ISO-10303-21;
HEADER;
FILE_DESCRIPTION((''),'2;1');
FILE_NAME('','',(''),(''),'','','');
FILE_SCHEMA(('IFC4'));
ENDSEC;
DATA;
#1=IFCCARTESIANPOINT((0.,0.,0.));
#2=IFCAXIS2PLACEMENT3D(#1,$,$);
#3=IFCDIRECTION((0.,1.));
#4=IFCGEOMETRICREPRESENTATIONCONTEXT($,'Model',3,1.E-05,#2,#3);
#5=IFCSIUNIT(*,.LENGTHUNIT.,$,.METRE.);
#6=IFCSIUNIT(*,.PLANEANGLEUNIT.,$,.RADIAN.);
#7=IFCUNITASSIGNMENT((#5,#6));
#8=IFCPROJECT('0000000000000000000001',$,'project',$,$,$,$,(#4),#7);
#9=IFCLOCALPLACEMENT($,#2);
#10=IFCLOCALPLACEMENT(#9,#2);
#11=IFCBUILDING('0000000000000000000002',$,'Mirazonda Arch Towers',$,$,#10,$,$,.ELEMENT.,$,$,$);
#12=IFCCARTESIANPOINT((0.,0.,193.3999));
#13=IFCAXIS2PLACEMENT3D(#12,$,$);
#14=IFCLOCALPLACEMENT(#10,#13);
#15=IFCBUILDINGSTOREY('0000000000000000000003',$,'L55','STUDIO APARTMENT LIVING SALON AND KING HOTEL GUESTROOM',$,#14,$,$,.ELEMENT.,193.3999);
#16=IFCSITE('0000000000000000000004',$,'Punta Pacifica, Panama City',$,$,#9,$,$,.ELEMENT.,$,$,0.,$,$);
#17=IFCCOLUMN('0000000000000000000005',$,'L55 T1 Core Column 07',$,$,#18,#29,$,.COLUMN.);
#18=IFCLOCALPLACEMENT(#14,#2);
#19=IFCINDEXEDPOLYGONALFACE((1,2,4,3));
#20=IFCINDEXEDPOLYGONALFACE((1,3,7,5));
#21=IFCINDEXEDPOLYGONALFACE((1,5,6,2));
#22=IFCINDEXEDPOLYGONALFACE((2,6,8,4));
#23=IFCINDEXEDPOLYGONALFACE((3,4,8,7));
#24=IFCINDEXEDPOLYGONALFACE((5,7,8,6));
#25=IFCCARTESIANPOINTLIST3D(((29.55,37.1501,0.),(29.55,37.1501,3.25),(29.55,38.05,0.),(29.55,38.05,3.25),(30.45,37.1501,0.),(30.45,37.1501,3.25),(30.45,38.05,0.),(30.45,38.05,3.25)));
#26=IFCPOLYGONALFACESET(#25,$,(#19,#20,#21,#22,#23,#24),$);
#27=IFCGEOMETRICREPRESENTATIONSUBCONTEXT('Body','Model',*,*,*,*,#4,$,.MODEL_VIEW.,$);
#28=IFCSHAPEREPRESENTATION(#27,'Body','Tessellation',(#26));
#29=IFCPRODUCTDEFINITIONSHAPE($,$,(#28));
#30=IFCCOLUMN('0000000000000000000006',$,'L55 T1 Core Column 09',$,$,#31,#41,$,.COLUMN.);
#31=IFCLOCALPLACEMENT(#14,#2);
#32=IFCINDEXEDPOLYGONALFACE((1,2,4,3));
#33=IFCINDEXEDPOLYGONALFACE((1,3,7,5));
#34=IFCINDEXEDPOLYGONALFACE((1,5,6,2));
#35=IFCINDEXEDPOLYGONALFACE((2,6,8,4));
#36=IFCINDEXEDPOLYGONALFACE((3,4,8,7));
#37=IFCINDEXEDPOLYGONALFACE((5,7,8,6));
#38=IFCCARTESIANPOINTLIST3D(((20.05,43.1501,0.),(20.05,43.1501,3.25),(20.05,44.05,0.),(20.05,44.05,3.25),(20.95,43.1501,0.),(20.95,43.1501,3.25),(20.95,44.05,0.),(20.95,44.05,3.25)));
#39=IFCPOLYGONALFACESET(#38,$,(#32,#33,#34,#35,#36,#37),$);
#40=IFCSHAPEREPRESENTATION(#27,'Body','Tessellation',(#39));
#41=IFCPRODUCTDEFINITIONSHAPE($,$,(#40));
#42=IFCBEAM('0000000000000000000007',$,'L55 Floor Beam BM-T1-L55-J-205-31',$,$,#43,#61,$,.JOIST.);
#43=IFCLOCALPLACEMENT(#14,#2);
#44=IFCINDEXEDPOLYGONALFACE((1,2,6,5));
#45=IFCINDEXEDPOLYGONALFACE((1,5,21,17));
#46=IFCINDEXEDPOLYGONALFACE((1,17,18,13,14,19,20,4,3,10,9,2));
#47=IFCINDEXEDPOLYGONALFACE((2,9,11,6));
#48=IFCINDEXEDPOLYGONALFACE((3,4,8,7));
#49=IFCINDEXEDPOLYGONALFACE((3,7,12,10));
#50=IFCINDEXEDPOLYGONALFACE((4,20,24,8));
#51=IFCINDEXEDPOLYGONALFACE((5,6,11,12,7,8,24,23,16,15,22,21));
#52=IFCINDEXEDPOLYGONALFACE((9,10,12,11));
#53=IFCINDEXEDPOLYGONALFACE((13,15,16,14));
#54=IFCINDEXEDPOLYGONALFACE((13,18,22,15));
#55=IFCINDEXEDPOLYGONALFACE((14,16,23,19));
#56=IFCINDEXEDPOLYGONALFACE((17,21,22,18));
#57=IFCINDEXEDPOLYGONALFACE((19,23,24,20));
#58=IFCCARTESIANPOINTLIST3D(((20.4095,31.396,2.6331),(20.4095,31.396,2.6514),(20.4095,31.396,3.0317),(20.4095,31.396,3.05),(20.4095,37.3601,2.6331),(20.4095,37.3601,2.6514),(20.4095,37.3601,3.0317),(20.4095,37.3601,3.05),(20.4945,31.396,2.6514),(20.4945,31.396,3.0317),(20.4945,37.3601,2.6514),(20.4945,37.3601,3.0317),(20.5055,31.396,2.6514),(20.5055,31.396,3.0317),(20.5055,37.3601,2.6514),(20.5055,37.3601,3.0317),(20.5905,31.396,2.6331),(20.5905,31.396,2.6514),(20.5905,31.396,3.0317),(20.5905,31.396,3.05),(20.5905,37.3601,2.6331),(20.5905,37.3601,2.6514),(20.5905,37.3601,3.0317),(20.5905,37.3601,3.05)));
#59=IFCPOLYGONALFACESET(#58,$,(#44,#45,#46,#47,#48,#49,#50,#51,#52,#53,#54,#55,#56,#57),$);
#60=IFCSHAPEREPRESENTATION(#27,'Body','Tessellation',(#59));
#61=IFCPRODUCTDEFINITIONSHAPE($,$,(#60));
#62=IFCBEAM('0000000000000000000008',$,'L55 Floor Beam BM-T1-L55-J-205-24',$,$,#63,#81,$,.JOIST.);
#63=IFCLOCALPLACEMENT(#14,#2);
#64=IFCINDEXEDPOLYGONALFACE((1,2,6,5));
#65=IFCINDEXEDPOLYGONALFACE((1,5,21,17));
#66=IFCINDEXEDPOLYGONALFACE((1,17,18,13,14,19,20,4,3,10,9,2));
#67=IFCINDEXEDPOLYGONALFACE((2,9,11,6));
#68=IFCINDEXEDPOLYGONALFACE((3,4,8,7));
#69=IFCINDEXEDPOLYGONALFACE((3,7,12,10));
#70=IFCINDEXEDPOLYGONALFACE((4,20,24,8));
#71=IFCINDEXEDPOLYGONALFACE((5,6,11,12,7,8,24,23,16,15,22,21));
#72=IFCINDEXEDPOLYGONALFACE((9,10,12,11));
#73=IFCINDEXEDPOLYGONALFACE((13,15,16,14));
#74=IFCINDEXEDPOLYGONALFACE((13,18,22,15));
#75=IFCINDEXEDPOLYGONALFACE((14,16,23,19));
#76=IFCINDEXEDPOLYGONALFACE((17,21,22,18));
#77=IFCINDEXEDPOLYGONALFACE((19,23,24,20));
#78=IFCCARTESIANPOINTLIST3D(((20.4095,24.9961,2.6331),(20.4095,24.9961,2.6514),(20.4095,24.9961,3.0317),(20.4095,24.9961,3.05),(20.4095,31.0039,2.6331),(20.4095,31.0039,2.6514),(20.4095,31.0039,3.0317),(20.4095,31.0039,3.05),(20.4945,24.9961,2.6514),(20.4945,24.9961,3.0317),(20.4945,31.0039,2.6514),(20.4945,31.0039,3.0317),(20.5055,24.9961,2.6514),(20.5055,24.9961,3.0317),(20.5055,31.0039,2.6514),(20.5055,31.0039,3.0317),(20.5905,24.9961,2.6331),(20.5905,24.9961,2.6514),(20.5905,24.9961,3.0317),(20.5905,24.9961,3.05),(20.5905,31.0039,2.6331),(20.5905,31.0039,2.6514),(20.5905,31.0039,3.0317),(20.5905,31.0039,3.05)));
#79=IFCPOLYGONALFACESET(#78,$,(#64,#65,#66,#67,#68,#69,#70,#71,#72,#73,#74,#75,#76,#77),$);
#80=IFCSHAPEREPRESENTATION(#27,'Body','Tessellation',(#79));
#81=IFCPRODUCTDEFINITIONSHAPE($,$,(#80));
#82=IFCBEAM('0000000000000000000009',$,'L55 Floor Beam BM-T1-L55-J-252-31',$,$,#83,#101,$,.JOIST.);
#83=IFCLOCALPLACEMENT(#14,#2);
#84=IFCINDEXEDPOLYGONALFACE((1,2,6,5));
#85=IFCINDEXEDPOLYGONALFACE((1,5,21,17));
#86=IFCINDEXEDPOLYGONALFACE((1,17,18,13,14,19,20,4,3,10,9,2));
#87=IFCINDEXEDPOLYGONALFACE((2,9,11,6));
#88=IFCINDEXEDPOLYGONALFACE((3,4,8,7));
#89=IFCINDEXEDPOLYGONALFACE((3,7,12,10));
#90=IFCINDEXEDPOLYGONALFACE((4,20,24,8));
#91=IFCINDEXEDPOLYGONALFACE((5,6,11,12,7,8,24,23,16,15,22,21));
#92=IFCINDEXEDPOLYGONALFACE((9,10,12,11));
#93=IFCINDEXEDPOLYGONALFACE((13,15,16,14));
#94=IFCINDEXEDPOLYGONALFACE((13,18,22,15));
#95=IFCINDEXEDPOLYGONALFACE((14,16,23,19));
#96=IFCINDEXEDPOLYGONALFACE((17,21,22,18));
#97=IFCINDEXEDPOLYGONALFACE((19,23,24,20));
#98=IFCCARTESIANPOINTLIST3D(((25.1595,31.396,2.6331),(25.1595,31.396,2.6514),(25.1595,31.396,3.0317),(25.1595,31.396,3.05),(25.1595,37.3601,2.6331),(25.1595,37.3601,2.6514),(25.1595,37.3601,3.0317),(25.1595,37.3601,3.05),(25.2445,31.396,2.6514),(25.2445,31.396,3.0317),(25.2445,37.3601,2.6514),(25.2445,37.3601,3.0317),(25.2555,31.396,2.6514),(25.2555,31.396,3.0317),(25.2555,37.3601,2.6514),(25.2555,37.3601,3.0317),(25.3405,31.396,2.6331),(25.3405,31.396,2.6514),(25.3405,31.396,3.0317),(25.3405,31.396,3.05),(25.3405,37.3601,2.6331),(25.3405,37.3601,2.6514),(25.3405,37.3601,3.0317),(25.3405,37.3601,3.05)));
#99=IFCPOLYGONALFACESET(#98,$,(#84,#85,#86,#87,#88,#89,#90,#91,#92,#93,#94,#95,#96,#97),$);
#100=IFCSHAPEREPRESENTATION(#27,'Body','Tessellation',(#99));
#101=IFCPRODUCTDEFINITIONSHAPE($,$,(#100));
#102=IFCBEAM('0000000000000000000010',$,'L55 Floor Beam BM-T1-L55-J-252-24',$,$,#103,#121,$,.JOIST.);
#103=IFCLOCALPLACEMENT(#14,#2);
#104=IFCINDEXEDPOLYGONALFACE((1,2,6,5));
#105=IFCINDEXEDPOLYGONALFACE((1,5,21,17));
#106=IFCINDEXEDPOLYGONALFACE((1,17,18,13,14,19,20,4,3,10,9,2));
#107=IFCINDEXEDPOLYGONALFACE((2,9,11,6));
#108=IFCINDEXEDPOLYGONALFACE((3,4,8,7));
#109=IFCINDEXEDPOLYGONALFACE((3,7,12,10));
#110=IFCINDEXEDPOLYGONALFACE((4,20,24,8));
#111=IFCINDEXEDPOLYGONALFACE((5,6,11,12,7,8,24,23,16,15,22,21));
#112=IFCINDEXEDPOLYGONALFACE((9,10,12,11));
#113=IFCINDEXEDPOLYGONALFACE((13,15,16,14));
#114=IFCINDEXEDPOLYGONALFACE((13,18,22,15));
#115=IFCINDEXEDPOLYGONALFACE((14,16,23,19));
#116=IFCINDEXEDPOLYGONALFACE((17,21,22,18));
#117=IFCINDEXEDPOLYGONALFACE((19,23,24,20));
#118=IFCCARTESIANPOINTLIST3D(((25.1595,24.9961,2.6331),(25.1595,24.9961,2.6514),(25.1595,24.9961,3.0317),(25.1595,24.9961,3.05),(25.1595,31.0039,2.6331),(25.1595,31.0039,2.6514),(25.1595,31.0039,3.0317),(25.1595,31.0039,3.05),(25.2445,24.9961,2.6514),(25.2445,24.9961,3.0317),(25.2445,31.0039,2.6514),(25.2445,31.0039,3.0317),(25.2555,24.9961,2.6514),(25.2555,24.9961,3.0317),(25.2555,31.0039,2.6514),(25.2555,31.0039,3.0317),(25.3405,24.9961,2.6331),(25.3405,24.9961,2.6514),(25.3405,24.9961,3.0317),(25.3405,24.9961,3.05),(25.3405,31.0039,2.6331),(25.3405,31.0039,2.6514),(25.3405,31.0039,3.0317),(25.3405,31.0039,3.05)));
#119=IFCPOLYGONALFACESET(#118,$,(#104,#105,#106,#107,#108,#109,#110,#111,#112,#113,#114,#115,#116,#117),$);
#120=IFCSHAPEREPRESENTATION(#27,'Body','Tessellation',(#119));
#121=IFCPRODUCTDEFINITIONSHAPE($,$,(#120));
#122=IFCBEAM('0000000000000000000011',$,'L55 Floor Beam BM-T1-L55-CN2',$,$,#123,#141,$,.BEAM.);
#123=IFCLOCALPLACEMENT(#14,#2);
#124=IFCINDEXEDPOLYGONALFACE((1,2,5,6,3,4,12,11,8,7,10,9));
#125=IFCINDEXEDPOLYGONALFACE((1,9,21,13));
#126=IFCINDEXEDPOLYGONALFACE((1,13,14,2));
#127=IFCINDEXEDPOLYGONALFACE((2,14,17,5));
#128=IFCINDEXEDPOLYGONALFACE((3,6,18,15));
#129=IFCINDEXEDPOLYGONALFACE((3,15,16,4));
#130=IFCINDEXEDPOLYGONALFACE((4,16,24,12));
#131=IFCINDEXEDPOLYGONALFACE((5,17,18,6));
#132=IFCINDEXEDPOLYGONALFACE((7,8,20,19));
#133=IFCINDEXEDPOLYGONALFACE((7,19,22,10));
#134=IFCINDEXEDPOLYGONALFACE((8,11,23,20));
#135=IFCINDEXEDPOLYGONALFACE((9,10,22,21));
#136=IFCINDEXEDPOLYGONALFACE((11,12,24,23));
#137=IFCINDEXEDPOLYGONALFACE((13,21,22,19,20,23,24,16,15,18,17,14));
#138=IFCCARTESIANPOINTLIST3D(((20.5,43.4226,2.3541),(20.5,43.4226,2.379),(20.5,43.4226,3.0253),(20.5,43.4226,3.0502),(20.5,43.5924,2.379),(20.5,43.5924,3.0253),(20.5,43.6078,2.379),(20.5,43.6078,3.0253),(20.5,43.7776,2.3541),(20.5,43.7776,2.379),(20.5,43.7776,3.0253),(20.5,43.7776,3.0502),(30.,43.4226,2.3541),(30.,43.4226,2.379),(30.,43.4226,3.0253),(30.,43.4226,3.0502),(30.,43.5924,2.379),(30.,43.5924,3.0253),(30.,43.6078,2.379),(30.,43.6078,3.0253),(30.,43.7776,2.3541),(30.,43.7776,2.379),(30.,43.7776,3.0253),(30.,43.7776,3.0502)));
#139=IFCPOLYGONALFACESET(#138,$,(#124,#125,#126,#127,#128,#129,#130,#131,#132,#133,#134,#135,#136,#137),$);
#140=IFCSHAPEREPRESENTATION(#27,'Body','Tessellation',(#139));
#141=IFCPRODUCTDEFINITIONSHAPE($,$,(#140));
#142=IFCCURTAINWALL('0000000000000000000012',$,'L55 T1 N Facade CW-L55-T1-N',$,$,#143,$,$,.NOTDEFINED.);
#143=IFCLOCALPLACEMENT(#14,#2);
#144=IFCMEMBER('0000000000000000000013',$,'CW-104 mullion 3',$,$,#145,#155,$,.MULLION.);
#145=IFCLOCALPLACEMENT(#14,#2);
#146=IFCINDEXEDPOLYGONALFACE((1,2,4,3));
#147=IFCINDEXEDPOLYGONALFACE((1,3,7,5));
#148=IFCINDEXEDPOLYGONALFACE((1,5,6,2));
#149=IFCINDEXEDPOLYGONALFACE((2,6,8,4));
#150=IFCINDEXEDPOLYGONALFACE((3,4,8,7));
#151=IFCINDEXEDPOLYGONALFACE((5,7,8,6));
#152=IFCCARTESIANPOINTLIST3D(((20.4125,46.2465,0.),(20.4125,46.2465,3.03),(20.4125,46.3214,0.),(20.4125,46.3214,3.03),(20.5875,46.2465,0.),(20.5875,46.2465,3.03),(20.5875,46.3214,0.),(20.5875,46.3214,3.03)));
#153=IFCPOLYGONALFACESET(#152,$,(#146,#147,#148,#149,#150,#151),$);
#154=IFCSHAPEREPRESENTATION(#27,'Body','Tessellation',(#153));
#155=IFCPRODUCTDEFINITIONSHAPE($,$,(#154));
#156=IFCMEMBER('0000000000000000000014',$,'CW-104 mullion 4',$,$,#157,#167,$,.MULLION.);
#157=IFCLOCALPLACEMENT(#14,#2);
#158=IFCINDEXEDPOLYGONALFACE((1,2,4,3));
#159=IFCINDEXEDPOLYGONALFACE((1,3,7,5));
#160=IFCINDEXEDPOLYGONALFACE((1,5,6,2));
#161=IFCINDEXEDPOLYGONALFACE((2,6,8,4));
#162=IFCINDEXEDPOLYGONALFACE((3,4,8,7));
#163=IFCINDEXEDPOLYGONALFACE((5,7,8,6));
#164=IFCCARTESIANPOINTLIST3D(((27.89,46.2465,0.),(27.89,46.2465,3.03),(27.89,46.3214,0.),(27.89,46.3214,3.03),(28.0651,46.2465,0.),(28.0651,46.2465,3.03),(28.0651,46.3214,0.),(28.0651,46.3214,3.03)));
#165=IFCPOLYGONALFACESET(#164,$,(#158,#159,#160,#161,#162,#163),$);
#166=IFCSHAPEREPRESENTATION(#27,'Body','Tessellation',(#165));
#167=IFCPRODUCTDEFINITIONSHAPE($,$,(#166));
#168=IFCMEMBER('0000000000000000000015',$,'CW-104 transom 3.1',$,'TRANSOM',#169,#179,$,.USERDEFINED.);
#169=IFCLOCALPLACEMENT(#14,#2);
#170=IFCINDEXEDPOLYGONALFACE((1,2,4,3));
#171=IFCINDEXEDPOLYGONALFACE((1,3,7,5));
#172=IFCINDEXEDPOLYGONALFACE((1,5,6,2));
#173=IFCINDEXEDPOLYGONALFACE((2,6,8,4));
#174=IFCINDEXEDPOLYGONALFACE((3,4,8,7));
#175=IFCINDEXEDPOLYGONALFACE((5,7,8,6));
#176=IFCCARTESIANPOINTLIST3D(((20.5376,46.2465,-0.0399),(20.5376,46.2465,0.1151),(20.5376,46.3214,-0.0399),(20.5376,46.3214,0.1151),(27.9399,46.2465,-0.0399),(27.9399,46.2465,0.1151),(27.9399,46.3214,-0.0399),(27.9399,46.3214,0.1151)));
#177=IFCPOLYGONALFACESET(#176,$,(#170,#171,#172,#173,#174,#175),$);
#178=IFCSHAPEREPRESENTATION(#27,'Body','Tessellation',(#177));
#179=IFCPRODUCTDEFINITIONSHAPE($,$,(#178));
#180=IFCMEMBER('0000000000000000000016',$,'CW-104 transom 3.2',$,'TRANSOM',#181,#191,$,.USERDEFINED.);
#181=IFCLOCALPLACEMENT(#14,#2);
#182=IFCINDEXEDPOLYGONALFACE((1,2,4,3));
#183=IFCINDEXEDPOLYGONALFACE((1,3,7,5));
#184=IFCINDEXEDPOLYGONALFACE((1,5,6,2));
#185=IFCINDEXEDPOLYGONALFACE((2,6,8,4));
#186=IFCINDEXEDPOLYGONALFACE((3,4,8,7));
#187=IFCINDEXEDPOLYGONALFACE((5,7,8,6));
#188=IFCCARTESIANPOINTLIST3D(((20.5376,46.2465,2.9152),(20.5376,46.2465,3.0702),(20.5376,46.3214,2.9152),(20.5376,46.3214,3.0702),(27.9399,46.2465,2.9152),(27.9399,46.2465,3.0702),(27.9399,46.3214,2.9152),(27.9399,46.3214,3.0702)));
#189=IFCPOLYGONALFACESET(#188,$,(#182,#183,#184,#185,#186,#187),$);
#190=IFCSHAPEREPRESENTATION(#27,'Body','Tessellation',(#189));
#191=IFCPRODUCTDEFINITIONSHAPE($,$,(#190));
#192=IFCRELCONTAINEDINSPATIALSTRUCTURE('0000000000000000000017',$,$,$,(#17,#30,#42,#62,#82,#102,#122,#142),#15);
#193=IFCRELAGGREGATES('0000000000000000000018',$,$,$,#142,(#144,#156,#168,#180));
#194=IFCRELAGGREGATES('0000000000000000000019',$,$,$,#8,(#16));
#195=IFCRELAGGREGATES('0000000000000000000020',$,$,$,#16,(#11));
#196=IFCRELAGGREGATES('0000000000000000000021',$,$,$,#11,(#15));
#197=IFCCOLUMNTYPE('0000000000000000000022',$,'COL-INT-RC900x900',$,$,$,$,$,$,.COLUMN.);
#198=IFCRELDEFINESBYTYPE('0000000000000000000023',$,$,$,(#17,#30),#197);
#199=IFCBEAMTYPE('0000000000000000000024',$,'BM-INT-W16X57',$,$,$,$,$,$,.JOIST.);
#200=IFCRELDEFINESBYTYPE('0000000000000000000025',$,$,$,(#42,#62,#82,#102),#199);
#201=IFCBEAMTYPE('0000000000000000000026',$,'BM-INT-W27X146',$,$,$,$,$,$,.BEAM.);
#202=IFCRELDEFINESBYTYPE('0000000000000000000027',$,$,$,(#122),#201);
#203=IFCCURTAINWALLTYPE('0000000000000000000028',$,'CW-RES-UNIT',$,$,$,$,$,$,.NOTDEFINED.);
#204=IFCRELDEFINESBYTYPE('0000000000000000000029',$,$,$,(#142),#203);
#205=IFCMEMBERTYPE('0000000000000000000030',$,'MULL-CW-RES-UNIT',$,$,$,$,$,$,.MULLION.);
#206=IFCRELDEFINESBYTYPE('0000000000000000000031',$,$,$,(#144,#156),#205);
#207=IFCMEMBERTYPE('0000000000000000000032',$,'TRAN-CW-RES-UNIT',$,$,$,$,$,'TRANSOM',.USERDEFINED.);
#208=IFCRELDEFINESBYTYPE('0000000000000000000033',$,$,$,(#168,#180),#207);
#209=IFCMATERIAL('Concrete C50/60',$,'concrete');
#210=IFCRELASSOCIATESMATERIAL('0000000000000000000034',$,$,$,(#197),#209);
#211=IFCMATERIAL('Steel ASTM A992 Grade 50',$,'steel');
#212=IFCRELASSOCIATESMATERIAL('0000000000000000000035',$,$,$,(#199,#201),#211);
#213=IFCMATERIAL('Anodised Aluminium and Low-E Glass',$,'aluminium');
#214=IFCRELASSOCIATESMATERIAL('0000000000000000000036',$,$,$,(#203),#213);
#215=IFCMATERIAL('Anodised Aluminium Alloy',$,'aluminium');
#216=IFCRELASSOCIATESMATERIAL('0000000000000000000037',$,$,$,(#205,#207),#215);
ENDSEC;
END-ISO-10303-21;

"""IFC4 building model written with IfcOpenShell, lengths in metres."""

from ifc_helpers import new_model, si_unit, direction, frame, origin, origin_2d, place, context, subcontext, project, spatial, rectangle, i_section, extrude, material, material_profile, profile_set, type_object, element, aggregate, save


model = new_model("IFC4")

# Units and contexts
model_context = context("Model", 3, precision=1e-05, world=origin(), true_north=direction((0.0, 1.0)))
body_context = subcontext(model_context, "Body", "Model", "MODEL_VIEW")
ifc_project = project(units=[si_unit("LENGTHUNIT", "METRE"), si_unit("PLANEANGLEUNIT", "RADIAN")], contexts=[model_context])

# Site, building, storey
site_placement = place(None, origin())
site = spatial("IfcSite", under=ifc_project, at=site_placement, Name="Punta Pacifica, Panama City", CompositionType="ELEMENT", RefElevation=0.0)
building_placement = place(site_placement, origin())
building = spatial("IfcBuilding", under=site, at=building_placement, Name="Mirazonda Arch Towers", CompositionType="ELEMENT")
storey_placement = place(building_placement, frame((0.0, 0.0, 193.3999)))
storey = spatial("IfcBuildingStorey", under=building, at=storey_placement, Name="L55", Description="STUDIO APARTMENT LIVING SALON AND KING HOTEL GUESTROOM", CompositionType="ELEMENT", Elevation=193.3999)

# Columns
ifc_material_1 = material(Name="Concrete C50/60", Category="concrete")
ifc_material_profile_1 = material_profile(ifc_material_1, rectangle(XDim=0.8999, YDim=0.8999, at=origin_2d()), Name="RC900x900")
ifc_profile_set_1 = profile_set([ifc_material_profile_1], Name="Concrete C50/60")
column_type = type_object("IfcColumnType", Name="COL-INT-RC900x900", PredefinedType="COLUMN", material=ifc_profile_set_1)
for number, where, z_axis, x_axis, name in (
    (1, (30.0, 37.6001, 0.0), (0.0, 0.0, 1.0), (1.0, 0.0, 0.0), "L55 T1 Core Column 07"),
    (2, (20.5, 43.6001, 0.0), (0.0, 0.0, 1.0), (1.0, 0.0, 0.0), "L55 T1 Core Column 09"),
):
    element("IfcColumn", number, at=place(storey_placement, frame(where, z_axis=z_axis, x_axis=x_axis)), inside=storey, type_object=column_type, Name=name, PredefinedType="COLUMN", context=body_context, shape_type="SweptSolid", body=[
        extrude(rectangle(XDim=0.8999, YDim=0.8999, at=origin_2d()), origin(), (0.0, 0.0, 1.0), 3.25),
    ])

# Beams
ifc_material_2 = material(Name="Steel ASTM A992 Grade 50", Category="steel")
ifc_material_profile_2 = material_profile(ifc_material_2, i_section(OverallWidth=0.1809, OverallDepth=0.417, WebThickness=0.011, FlangeThickness=0.0183, at=origin_2d()), Name="W16X57")
ifc_profile_set_2 = profile_set([ifc_material_profile_2], Name="Steel ASTM A992 Grade 50")
beam_type_1 = type_object("IfcBeamType", Name="BM-INT-W16X57", PredefinedType="JOIST", material=ifc_profile_set_2)
beam_1_placement = place(storey_placement, frame((20.5, 31.396, 2.8416), z_axis=(0.0, 1.0, 0.0), x_axis=(-1.0, 0.0, 0.0)))
element("IfcBeam", 3, at=beam_1_placement, inside=storey, type_object=beam_type_1, Name="L55 Floor Beam BM-T1-L55-J-205-31", PredefinedType="JOIST", context=body_context, shape_type="SweptSolid", body=[
    extrude(i_section(OverallWidth=0.1809, OverallDepth=0.417, WebThickness=0.011, FlangeThickness=0.0183, at=origin_2d()), origin(), (0.0, 0.0, 1.0), 5.9641),
])
beam_2_placement = place(storey_placement, frame((20.5, 24.9961, 2.8416), z_axis=(0.0, 1.0, 0.0), x_axis=(-1.0, 0.0, 0.0)))
element("IfcBeam", 4, at=beam_2_placement, inside=storey, type_object=beam_type_1, Name="L55 Floor Beam BM-T1-L55-J-205-24", PredefinedType="JOIST", context=body_context, shape_type="SweptSolid", body=[
    extrude(i_section(OverallWidth=0.1809, OverallDepth=0.417, WebThickness=0.011, FlangeThickness=0.0183, at=origin_2d()), origin(), (0.0, 0.0, 1.0), 6.0078),
])
beam_3_placement = place(storey_placement, frame((25.25, 31.396, 2.8416), z_axis=(0.0, 1.0, 0.0), x_axis=(-1.0, 0.0, 0.0)))
element("IfcBeam", 5, at=beam_3_placement, inside=storey, type_object=beam_type_1, Name="L55 Floor Beam BM-T1-L55-J-252-31", PredefinedType="JOIST", context=body_context, shape_type="SweptSolid", body=[
    extrude(i_section(OverallWidth=0.1809, OverallDepth=0.417, WebThickness=0.011, FlangeThickness=0.0183, at=origin_2d()), origin(), (0.0, 0.0, 1.0), 5.9641),
])
beam_4_placement = place(storey_placement, frame((25.25, 24.9961, 2.8416), z_axis=(0.0, 1.0, 0.0), x_axis=(-1.0, 0.0, 0.0)))
element("IfcBeam", 6, at=beam_4_placement, inside=storey, type_object=beam_type_1, Name="L55 Floor Beam BM-T1-L55-J-252-24", PredefinedType="JOIST", context=body_context, shape_type="SweptSolid", body=[
    extrude(i_section(OverallWidth=0.1809, OverallDepth=0.417, WebThickness=0.011, FlangeThickness=0.0183, at=origin_2d()), origin(), (0.0, 0.0, 1.0), 6.0078),
])
ifc_material_profile_3 = material_profile(ifc_material_2, i_section(OverallWidth=0.355, OverallDepth=0.696, WebThickness=0.0154, FlangeThickness=0.0249, at=origin_2d()), Name="W27X146")
ifc_profile_set_3 = profile_set([ifc_material_profile_3], Name="Steel ASTM A992 Grade 50")
beam_type_2 = type_object("IfcBeamType", Name="BM-INT-W27X146", PredefinedType="BEAM", material=ifc_profile_set_3)
beam_5_placement = place(storey_placement, frame((20.5, 43.6001, 2.7021), z_axis=(1.0, 0.0, 0.0), x_axis=(0.0, 1.0, 0.0)))
element("IfcBeam", 7, at=beam_5_placement, inside=storey, type_object=beam_type_2, Name="L55 Floor Beam BM-T1-L55-CN2", PredefinedType="BEAM", context=body_context, shape_type="SweptSolid", body=[
    extrude(i_section(OverallWidth=0.355, OverallDepth=0.696, WebThickness=0.0154, FlangeThickness=0.0249, at=origin_2d()), origin(), (0.0, 0.0, 1.0), 9.5),
])

# Curtain wall, members
ifc_material_3 = material(Name="Anodised Aluminium and Low-E Glass", Category="aluminium")
curtain_wall_type = type_object("IfcCurtainWallType", Name="CW-RES-UNIT", PredefinedType="NOTDEFINED", material=ifc_material_3)
curtain_wall_placement = place(storey_placement, origin())
curtain_wall = element("IfcCurtainWall", 8, at=curtain_wall_placement, inside=storey, type_object=curtain_wall_type, Name="L55 T1 N Facade CW-L55-T1-N", PredefinedType="NOTDEFINED")
ifc_material_4 = material(Name="Anodised Aluminium Alloy", Category="aluminium")
ifc_material_profile_4 = material_profile(ifc_material_4, rectangle(XDim=0.075, YDim=0.175, at=origin_2d()), Name="ALU-MULL-75x175")
ifc_profile_set_4 = profile_set([ifc_material_profile_4], Name="Anodised Aluminium Alloy")
member_type_1 = type_object("IfcMemberType", Name="MULL-CW-RES-UNIT", PredefinedType="MULLION", material=ifc_profile_set_4)
member_1_placement = place(storey_placement, frame((20.5, 46.2839, 0.0), z_axis=(0.0, 0.0, 1.0), x_axis=(0.0, 1.0, 0.0)))
member_1 = element("IfcMember", 9, at=member_1_placement, type_object=member_type_1, Name="CW-104 mullion 3", PredefinedType="MULLION", context=body_context, shape_type="SweptSolid", body=[
    extrude(rectangle(XDim=0.075, YDim=0.175, at=origin_2d()), origin(), (0.0, 0.0, 1.0), 3.03),
])
member_2_placement = place(storey_placement, frame((27.9775, 46.2839, 0.0), z_axis=(0.0, 0.0, 1.0), x_axis=(0.0, 1.0, 0.0)))
member_2 = element("IfcMember", 10, at=member_2_placement, type_object=member_type_1, Name="CW-104 mullion 4", PredefinedType="MULLION", context=body_context, shape_type="SweptSolid", body=[
    extrude(rectangle(XDim=0.075, YDim=0.175, at=origin_2d()), origin(), (0.0, 0.0, 1.0), 3.03),
])
ifc_material_profile_5 = material_profile(ifc_material_4, rectangle(XDim=0.075, YDim=0.155, at=origin_2d()), Name="ALU-TRAN-75x155")
ifc_profile_set_5 = profile_set([ifc_material_profile_5], Name="Anodised Aluminium Alloy")
member_type_2 = type_object("IfcMemberType", Name="TRAN-CW-RES-UNIT", ElementType="TRANSOM", PredefinedType="USERDEFINED", material=ifc_profile_set_5)
member_3_placement = place(storey_placement, frame((20.5376, 46.2839, 0.0376), z_axis=(1.0, 0.0, 0.0), x_axis=(0.0, 1.0, 0.0)))
member_3 = element("IfcMember", 11, at=member_3_placement, type_object=member_type_2, Name="CW-104 transom 3.1", ObjectType="TRANSOM", PredefinedType="USERDEFINED", context=body_context, shape_type="SweptSolid", body=[
    extrude(rectangle(XDim=0.075, YDim=0.155, at=origin_2d()), origin(), (0.0, 0.0, 1.0), 7.4023),
])
member_4_placement = place(storey_placement, frame((20.5376, 46.2839, 2.9927), z_axis=(1.0, 0.0, 0.0), x_axis=(0.0, 1.0, 0.0)))
member_4 = element("IfcMember", 12, at=member_4_placement, type_object=member_type_2, Name="CW-104 transom 3.2", ObjectType="TRANSOM", PredefinedType="USERDEFINED", context=body_context, shape_type="SweptSolid", body=[
    extrude(rectangle(XDim=0.075, YDim=0.155, at=origin_2d()), origin(), (0.0, 0.0, 1.0), 7.4023),
])
aggregate(curtain_wall, [member_1, member_2, member_3, member_4])

save(model, "model.ifc")
